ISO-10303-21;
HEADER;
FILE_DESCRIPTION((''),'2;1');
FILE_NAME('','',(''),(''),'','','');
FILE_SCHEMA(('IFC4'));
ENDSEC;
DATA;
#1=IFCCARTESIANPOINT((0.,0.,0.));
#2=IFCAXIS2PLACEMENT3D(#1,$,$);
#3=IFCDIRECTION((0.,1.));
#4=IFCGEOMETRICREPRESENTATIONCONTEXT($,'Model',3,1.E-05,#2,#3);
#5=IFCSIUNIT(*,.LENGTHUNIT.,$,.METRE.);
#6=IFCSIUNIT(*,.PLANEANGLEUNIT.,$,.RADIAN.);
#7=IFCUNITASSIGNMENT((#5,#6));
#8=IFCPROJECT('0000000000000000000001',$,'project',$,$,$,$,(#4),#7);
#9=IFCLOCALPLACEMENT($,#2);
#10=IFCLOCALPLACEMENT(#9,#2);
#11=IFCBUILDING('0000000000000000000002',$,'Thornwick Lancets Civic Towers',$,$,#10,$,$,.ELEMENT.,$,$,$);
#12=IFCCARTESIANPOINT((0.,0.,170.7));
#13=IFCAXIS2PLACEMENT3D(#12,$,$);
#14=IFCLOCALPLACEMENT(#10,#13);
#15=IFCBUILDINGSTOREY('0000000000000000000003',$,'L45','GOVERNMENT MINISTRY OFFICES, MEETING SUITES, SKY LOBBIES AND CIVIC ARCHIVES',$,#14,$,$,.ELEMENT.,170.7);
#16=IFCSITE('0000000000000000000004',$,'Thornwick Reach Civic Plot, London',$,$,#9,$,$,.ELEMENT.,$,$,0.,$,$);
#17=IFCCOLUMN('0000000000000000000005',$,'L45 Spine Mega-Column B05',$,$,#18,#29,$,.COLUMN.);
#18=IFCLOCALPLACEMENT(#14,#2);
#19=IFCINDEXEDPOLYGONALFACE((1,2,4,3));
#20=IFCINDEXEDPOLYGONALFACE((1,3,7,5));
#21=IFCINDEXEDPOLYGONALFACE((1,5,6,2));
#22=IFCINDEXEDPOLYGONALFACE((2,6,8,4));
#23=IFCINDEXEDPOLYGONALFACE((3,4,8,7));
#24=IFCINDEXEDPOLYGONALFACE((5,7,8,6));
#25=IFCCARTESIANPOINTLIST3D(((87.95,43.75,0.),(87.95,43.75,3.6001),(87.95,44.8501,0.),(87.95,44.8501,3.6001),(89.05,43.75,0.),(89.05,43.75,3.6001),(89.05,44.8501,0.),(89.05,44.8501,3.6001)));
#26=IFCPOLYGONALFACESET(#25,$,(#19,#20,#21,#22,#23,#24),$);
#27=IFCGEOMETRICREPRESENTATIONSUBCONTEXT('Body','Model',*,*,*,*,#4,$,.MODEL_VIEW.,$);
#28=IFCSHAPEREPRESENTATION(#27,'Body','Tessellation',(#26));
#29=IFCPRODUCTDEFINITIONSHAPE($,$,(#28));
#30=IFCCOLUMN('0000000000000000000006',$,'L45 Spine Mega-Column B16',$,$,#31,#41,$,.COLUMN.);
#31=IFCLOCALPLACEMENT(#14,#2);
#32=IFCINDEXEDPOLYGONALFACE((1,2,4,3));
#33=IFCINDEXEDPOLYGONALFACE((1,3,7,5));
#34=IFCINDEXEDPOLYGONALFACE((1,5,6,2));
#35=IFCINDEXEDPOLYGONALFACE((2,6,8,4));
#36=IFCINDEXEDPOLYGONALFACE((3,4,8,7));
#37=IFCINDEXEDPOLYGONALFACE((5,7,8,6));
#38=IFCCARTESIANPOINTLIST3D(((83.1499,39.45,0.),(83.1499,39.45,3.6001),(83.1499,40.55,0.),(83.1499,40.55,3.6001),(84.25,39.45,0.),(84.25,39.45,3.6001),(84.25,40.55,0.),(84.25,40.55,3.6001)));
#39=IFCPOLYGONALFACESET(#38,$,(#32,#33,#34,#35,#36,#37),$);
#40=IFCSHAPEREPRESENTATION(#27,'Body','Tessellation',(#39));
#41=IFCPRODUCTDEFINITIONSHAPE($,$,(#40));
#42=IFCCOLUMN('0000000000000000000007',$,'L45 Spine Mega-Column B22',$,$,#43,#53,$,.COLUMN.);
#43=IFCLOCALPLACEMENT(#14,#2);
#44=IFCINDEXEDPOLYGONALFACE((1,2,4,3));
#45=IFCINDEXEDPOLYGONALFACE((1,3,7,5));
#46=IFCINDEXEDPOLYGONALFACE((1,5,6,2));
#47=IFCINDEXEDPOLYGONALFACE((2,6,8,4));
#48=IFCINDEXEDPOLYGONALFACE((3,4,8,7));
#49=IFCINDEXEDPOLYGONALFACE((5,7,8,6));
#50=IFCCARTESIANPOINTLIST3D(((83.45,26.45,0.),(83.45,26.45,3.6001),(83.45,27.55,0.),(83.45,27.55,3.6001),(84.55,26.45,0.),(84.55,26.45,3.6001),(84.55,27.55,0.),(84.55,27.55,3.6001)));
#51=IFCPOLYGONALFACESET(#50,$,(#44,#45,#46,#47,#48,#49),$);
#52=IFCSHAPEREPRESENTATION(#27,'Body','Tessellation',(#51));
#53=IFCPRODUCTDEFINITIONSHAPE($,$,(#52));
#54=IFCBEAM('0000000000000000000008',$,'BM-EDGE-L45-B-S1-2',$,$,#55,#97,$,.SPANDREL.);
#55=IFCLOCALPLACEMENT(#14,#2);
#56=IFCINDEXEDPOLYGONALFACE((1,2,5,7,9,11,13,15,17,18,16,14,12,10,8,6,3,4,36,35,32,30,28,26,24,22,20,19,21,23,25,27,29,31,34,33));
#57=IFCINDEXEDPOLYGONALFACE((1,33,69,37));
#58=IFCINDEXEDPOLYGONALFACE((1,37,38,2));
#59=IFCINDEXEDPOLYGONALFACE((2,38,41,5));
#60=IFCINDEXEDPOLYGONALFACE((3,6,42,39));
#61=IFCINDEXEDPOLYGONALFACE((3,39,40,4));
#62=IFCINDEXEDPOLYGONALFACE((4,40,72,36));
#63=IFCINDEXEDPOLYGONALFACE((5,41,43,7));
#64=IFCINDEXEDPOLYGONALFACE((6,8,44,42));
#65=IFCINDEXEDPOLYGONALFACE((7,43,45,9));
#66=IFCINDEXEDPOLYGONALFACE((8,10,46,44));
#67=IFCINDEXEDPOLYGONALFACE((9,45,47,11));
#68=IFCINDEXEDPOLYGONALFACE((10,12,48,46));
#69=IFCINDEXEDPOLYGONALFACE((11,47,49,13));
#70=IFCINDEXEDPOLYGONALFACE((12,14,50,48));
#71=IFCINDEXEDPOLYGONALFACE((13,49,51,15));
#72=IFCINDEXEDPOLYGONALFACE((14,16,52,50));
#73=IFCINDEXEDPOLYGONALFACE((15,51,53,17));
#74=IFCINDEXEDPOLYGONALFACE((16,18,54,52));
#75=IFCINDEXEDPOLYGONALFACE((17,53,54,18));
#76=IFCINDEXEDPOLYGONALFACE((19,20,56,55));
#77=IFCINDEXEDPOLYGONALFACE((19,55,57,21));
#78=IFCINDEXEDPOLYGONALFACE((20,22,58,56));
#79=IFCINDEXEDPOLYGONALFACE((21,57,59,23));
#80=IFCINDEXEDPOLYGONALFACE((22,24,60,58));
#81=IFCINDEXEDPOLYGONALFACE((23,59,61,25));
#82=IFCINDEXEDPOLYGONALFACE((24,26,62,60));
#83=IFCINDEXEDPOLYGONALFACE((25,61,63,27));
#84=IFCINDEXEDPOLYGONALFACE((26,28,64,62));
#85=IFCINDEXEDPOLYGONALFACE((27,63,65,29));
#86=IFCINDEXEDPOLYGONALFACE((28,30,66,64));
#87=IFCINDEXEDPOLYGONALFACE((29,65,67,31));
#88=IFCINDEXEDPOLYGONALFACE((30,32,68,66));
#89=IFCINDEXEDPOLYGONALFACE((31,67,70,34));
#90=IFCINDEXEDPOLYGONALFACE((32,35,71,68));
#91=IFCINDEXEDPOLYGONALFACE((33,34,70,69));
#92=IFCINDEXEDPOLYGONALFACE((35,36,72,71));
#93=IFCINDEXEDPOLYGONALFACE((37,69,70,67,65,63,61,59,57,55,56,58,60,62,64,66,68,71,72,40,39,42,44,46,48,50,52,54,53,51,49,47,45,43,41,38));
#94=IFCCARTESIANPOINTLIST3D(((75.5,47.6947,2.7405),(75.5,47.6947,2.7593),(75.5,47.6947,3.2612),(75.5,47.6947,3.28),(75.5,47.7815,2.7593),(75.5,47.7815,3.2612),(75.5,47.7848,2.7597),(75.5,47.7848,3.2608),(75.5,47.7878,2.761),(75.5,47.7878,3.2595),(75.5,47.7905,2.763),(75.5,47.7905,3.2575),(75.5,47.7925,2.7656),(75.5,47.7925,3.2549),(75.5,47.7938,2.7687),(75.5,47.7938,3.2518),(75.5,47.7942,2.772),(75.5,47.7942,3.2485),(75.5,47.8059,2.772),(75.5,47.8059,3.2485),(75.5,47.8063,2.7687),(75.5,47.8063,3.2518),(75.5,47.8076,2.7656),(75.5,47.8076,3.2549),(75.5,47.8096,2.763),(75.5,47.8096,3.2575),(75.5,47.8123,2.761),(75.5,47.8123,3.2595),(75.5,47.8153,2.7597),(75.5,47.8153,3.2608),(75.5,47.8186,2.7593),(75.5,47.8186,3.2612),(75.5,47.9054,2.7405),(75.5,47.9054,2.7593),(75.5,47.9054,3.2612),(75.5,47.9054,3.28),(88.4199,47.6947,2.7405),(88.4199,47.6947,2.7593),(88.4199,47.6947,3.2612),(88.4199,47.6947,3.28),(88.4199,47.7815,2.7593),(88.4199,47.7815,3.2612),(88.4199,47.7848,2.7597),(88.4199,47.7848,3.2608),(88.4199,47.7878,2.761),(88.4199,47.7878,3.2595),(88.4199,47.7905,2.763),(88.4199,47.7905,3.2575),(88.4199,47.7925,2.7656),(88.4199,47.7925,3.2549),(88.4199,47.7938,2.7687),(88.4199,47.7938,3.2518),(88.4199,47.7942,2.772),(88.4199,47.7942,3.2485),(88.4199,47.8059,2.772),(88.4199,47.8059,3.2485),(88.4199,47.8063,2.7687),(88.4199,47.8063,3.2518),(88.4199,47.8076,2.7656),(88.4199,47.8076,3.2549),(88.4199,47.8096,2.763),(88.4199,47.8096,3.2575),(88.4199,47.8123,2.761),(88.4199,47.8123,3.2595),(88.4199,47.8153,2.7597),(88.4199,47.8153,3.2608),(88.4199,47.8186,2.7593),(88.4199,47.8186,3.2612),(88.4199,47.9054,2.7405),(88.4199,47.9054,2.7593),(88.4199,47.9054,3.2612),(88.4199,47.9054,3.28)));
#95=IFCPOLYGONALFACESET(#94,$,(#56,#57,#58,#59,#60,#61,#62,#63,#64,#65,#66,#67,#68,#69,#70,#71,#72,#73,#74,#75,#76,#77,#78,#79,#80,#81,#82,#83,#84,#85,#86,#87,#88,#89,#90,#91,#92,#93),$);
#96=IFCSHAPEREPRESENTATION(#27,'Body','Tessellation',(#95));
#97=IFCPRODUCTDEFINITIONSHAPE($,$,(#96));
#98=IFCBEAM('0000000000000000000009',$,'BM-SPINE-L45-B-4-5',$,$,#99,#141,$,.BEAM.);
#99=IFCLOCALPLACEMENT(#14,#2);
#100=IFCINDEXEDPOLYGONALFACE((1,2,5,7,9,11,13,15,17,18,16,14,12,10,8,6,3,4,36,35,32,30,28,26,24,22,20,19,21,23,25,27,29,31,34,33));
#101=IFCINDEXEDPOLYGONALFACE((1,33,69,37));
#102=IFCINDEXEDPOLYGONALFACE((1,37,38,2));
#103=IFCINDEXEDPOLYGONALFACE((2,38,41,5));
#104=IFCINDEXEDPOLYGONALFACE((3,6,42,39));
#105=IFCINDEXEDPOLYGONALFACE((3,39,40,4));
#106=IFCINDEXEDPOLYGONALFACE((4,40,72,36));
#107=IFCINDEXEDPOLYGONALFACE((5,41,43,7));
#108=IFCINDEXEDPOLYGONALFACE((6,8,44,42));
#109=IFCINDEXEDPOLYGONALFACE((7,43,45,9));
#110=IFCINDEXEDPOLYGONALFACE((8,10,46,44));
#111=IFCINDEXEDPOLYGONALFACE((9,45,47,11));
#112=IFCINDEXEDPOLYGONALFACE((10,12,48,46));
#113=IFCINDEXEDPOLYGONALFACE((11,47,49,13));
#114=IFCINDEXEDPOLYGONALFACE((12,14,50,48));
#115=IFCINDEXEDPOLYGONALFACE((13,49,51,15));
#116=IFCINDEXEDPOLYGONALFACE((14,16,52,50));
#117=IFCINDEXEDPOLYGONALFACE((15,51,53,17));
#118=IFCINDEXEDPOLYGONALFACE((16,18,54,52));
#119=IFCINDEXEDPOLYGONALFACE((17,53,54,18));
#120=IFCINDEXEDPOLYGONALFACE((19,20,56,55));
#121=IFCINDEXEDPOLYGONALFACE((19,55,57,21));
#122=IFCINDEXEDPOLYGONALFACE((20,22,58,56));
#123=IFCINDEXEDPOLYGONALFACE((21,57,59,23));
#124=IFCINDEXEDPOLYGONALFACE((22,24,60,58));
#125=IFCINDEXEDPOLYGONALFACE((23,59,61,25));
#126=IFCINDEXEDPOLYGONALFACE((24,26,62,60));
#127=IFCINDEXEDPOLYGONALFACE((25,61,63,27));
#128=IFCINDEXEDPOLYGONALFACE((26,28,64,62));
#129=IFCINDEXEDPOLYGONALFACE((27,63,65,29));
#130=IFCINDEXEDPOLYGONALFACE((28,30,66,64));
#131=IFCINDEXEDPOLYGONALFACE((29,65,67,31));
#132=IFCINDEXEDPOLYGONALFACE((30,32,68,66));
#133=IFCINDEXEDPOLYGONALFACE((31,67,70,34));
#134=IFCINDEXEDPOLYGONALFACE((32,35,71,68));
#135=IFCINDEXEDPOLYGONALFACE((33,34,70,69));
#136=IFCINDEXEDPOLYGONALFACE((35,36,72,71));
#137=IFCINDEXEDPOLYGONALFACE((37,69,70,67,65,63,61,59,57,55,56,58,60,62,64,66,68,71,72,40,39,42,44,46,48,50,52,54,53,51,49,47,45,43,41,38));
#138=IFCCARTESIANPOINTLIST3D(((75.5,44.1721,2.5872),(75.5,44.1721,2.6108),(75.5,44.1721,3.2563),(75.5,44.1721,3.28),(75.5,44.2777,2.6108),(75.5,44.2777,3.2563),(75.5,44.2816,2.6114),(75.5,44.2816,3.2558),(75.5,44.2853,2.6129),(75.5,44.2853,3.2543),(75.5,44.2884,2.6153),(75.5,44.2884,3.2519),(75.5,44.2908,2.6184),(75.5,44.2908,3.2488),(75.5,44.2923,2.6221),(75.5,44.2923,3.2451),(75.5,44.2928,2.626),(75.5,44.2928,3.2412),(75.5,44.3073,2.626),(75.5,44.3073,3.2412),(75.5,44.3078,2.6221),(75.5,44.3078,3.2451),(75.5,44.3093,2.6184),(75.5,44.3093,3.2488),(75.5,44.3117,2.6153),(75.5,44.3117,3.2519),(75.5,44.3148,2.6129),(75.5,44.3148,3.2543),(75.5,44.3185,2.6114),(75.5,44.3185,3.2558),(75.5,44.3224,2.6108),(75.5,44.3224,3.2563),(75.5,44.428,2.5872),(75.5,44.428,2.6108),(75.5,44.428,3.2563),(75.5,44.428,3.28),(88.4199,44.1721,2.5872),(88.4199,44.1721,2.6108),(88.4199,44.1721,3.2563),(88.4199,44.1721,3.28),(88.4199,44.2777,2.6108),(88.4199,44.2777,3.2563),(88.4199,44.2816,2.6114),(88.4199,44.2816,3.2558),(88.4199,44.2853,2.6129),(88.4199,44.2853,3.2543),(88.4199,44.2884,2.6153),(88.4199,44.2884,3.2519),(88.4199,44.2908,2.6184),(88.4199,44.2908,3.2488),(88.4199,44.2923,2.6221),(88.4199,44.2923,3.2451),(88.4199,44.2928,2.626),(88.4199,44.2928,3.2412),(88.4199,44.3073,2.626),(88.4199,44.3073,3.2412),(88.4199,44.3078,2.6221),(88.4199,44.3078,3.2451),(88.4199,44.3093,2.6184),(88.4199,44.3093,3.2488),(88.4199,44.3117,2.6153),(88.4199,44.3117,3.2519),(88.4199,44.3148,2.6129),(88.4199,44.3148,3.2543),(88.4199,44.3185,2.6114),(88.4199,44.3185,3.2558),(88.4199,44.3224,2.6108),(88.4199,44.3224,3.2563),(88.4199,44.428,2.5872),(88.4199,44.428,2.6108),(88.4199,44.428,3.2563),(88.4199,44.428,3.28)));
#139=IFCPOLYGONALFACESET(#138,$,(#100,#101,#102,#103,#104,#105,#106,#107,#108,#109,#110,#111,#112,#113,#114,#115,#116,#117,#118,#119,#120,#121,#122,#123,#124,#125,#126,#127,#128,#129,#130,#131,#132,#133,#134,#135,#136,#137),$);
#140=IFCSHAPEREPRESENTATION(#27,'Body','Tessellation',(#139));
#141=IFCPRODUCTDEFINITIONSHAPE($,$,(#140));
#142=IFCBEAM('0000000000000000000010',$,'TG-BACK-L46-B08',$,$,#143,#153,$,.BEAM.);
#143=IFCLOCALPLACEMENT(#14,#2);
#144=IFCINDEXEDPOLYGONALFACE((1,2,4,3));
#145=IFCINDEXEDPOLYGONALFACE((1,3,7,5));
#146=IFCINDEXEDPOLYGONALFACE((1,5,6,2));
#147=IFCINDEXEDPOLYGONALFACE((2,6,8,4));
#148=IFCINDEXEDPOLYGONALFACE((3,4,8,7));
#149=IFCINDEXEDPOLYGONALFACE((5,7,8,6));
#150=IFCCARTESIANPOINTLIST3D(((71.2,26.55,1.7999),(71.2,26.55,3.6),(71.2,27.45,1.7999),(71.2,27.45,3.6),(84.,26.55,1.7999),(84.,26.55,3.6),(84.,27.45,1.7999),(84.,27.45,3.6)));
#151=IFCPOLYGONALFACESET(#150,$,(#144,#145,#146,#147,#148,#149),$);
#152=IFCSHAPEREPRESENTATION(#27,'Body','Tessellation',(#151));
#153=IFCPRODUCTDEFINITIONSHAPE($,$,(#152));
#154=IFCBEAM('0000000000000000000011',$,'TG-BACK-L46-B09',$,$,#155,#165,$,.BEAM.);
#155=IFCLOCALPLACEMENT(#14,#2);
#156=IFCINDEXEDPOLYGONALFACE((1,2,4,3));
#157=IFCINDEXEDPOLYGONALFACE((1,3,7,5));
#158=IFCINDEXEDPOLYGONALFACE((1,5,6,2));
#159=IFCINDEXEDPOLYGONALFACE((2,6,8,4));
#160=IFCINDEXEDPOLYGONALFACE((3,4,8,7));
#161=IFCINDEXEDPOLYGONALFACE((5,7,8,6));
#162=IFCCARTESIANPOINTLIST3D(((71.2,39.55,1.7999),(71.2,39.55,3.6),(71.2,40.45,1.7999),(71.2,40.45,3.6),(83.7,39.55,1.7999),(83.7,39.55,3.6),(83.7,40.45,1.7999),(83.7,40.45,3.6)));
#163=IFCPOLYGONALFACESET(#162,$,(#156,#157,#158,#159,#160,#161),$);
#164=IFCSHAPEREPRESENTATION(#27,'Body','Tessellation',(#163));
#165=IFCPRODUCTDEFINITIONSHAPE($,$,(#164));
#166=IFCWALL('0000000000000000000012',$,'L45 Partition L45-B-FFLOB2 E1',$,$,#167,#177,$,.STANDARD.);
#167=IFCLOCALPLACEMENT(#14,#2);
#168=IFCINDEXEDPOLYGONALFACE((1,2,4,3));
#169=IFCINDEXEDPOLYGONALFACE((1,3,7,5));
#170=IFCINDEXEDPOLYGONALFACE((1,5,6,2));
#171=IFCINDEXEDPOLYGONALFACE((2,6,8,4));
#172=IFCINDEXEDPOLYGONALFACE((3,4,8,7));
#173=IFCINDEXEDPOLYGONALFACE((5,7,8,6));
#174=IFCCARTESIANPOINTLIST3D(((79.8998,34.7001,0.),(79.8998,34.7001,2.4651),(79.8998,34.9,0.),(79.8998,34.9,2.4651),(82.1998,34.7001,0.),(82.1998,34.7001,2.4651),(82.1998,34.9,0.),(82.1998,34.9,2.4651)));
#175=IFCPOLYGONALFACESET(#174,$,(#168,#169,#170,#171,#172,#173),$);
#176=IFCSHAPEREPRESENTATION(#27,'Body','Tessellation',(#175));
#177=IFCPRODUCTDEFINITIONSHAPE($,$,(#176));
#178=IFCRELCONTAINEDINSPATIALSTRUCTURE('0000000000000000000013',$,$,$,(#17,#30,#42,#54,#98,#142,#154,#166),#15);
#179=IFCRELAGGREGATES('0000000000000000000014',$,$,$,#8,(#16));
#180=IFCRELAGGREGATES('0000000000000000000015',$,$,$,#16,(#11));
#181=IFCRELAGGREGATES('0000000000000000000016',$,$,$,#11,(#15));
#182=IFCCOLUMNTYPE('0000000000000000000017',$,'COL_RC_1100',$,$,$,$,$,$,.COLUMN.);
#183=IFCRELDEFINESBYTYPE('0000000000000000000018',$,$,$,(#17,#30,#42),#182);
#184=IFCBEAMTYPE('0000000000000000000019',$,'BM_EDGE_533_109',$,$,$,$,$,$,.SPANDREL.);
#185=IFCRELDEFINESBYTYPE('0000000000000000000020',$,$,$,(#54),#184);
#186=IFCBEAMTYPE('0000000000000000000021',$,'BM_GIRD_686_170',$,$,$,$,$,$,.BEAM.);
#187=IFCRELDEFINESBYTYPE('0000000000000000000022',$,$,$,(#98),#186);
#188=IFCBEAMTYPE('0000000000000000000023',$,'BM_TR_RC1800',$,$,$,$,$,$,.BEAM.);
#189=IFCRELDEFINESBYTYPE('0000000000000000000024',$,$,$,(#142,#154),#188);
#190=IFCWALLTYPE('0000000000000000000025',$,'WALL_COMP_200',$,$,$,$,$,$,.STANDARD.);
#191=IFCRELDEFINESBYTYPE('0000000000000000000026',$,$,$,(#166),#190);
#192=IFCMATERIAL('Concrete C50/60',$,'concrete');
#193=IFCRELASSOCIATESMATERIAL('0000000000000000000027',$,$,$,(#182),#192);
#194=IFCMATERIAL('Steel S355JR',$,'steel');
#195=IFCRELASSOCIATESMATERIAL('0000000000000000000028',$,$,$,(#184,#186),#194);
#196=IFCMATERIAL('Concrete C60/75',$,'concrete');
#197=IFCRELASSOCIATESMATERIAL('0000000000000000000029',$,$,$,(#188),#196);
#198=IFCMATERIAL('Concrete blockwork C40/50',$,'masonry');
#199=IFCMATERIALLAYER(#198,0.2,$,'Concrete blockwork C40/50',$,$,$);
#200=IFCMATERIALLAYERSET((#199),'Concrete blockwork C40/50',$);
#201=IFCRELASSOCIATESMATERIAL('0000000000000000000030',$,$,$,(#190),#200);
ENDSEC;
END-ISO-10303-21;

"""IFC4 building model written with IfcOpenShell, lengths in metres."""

from ifc_helpers import new_model, si_unit, direction, frame, frame_2d, origin, origin_2d, place, context, subcontext, project, spatial, rectangle, i_section, extrude, material, layer, layer_set, material_profile, profile_set, type_object, element, save


model = new_model("IFC4")

# Units and contexts
model_context = context("Model", 3, precision=1e-05, world=origin(), true_north=direction((0.0, 1.0)))
body_context = subcontext(model_context, "Body", "Model", "MODEL_VIEW")
ifc_project = project(units=[si_unit("LENGTHUNIT", "METRE"), si_unit("PLANEANGLEUNIT", "RADIAN")], contexts=[model_context])

# Site, building, storey
site_placement = place(None, origin())
site = spatial("IfcSite", under=ifc_project, at=site_placement, Name="Thornwick Reach Civic Plot, London", CompositionType="ELEMENT", RefElevation=0.0)
building_placement = place(site_placement, origin())
building = spatial("IfcBuilding", under=site, at=building_placement, Name="Thornwick Lancets Civic Towers", CompositionType="ELEMENT")
storey_placement = place(building_placement, frame((0.0, 0.0, 170.7)))
storey = spatial("IfcBuildingStorey", under=building, at=storey_placement, Name="L45", Description="GOVERNMENT MINISTRY OFFICES, MEETING SUITES, SKY LOBBIES AND CIVIC ARCHIVES", CompositionType="ELEMENT", Elevation=170.7)

# Columns
ifc_material_1 = material(Name="Concrete C50/60", Category="concrete")
ifc_material_profile_1 = material_profile(ifc_material_1, rectangle(XDim=1.1001, YDim=1.1001, at=origin_2d()), Name="RC 1100x1100")
ifc_profile_set_1 = profile_set([ifc_material_profile_1], Name="Concrete C50/60")
column_type = type_object("IfcColumnType", Name="COL_RC_1100", PredefinedType="COLUMN", material=ifc_profile_set_1)
for number, where, z_axis, x_axis, name in (
    (1, (88.5, 44.3, 0.0), (0.0, 0.0, 1.0), (1.0, 0.0, 0.0), "L45 Spine Mega-Column B05"),
    (2, (83.7, 40.0, 0.0), (0.0, 0.0, 1.0), (1.0, 0.0, 0.0), "L45 Spine Mega-Column B16"),
    (3, (84.0, 27.0, 0.0), (0.0, 0.0, 1.0), (1.0, 0.0, 0.0), "L45 Spine Mega-Column B22"),
):
    element("IfcColumn", number, at=place(storey_placement, frame(where, z_axis=z_axis, x_axis=x_axis)), inside=storey, type_object=column_type, Name=name, PredefinedType="COLUMN", context=body_context, shape_type="SweptSolid", body=[
        extrude(rectangle(XDim=1.1001, YDim=1.1001, at=origin_2d()), origin(), (0.0, 0.0, 1.0), 3.6001),
    ])

# Beams
ifc_material_2 = material(Name="Steel S355JR", Category="steel")
ifc_material_profile_2 = material_profile(ifc_material_2, i_section(OverallWidth=0.2107, OverallDepth=0.5396, WebThickness=0.0117, FlangeThickness=0.0188, FilletRadius=0.0127, at=origin_2d()), Name="UKB 533x210x109")
ifc_profile_set_2 = profile_set([ifc_material_profile_2], Name="Steel S355JR")
beam_type_1 = type_object("IfcBeamType", Name="BM_EDGE_533_109", PredefinedType="SPANDREL", material=ifc_profile_set_2)
beam_1_placement = place(storey_placement, frame((88.4199, 47.8, 3.0103), z_axis=(-1.0, 0.0, 0.0), x_axis=(0.0, -1.0, 0.0)))
element("IfcBeam", 4, at=beam_1_placement, inside=storey, type_object=beam_type_1, Name="BM-EDGE-L45-B-S1-2", PredefinedType="SPANDREL", context=body_context, shape_type="SweptSolid", body=[
    extrude(i_section(OverallWidth=0.2107, OverallDepth=0.5396, WebThickness=0.0117, FlangeThickness=0.0188, FilletRadius=0.0127, at=origin_2d()), origin(), (0.0, 0.0, 1.0), 12.9199),
])
ifc_material_profile_3 = material_profile(ifc_material_2, i_section(OverallWidth=0.2559, OverallDepth=0.6929, WebThickness=0.0144, FlangeThickness=0.0237, FilletRadius=0.0151, at=origin_2d()), Name="UKB 686x254x170")
ifc_profile_set_3 = profile_set([ifc_material_profile_3], Name="Steel S355JR")
beam_type_2 = type_object("IfcBeamType", Name="BM_GIRD_686_170", PredefinedType="BEAM", material=ifc_profile_set_3)
beam_2_placement = place(storey_placement, frame((88.4199, 44.3, 2.9336), z_axis=(-1.0, 0.0, 0.0), x_axis=(0.0, -1.0, 0.0)))
element("IfcBeam", 5, at=beam_2_placement, inside=storey, type_object=beam_type_2, Name="BM-SPINE-L45-B-4-5", PredefinedType="BEAM", context=body_context, shape_type="SweptSolid", body=[
    extrude(i_section(OverallWidth=0.2559, OverallDepth=0.6929, WebThickness=0.0144, FlangeThickness=0.0237, FilletRadius=0.0151, at=origin_2d()), origin(), (0.0, 0.0, 1.0), 12.9199),
])
ifc_material_3 = material(Name="Concrete C60/75", Category="concrete")
ifc_material_profile_4 = material_profile(ifc_material_3, rectangle(XDim=0.8999, YDim=1.8, at=origin_2d()), Name="RC 900x1800")
ifc_profile_set_4 = profile_set([ifc_material_profile_4], Name="Concrete C60/75")
beam_type_3 = type_object("IfcBeamType", Name="BM_TR_RC1800", PredefinedType="BEAM", material=ifc_profile_set_4)
beam_3_placement = place(storey_placement, frame((84.0, 27.0, 2.7), z_axis=(-1.0, 0.0, 0.0), x_axis=(0.0, -1.0, 0.0)))
element("IfcBeam", 6, at=beam_3_placement, inside=storey, type_object=beam_type_3, Name="TG-BACK-L46-B08", PredefinedType="BEAM", context=body_context, shape_type="SweptSolid", body=[
    extrude(rectangle(XDim=0.8999, YDim=1.8, at=origin_2d()), origin(), (0.0, 0.0, 1.0), 12.8),
])
beam_4_placement = place(storey_placement, frame((83.7, 40.0, 2.7), z_axis=(-1.0, 0.0, 0.0), x_axis=(0.0, -1.0, 0.0)))
element("IfcBeam", 7, at=beam_4_placement, inside=storey, type_object=beam_type_3, Name="TG-BACK-L46-B09", PredefinedType="BEAM", context=body_context, shape_type="SweptSolid", body=[
    extrude(rectangle(XDim=0.8999, YDim=1.8, at=origin_2d()), origin(), (0.0, 0.0, 1.0), 12.5),
])

# Wall
ifc_material_4 = material(Name="Concrete blockwork C40/50", Category="masonry")
ifc_layer_1 = layer(ifc_material_4, 0.2, Name="Concrete blockwork C40/50")
ifc_layer_set_1 = layer_set([ifc_layer_1], Name="Concrete blockwork C40/50")
wall_type_1 = type_object("IfcWallType", Name="WALL_COMP_200", PredefinedType="STANDARD", material=ifc_layer_set_1)
wall_1_placement = place(storey_placement, frame((79.8999, 34.8, 0.0), z_axis=(0.0, 0.0, 1.0), x_axis=(1.0, 0.0, 0.0)))
element("IfcWall", 8, at=wall_1_placement, inside=storey, type_object=wall_type_1, Name="L45 Partition L45-B-FFLOB2 E1", PredefinedType="STANDARD", context=body_context, shape_type="SweptSolid", body=[
    extrude(rectangle(XDim=2.3, YDim=0.2, at=frame_2d((1.1499, 0.0))), origin(), (0.0, 0.0, 1.0), 2.4651),
])

save(model, "model.ifc")
